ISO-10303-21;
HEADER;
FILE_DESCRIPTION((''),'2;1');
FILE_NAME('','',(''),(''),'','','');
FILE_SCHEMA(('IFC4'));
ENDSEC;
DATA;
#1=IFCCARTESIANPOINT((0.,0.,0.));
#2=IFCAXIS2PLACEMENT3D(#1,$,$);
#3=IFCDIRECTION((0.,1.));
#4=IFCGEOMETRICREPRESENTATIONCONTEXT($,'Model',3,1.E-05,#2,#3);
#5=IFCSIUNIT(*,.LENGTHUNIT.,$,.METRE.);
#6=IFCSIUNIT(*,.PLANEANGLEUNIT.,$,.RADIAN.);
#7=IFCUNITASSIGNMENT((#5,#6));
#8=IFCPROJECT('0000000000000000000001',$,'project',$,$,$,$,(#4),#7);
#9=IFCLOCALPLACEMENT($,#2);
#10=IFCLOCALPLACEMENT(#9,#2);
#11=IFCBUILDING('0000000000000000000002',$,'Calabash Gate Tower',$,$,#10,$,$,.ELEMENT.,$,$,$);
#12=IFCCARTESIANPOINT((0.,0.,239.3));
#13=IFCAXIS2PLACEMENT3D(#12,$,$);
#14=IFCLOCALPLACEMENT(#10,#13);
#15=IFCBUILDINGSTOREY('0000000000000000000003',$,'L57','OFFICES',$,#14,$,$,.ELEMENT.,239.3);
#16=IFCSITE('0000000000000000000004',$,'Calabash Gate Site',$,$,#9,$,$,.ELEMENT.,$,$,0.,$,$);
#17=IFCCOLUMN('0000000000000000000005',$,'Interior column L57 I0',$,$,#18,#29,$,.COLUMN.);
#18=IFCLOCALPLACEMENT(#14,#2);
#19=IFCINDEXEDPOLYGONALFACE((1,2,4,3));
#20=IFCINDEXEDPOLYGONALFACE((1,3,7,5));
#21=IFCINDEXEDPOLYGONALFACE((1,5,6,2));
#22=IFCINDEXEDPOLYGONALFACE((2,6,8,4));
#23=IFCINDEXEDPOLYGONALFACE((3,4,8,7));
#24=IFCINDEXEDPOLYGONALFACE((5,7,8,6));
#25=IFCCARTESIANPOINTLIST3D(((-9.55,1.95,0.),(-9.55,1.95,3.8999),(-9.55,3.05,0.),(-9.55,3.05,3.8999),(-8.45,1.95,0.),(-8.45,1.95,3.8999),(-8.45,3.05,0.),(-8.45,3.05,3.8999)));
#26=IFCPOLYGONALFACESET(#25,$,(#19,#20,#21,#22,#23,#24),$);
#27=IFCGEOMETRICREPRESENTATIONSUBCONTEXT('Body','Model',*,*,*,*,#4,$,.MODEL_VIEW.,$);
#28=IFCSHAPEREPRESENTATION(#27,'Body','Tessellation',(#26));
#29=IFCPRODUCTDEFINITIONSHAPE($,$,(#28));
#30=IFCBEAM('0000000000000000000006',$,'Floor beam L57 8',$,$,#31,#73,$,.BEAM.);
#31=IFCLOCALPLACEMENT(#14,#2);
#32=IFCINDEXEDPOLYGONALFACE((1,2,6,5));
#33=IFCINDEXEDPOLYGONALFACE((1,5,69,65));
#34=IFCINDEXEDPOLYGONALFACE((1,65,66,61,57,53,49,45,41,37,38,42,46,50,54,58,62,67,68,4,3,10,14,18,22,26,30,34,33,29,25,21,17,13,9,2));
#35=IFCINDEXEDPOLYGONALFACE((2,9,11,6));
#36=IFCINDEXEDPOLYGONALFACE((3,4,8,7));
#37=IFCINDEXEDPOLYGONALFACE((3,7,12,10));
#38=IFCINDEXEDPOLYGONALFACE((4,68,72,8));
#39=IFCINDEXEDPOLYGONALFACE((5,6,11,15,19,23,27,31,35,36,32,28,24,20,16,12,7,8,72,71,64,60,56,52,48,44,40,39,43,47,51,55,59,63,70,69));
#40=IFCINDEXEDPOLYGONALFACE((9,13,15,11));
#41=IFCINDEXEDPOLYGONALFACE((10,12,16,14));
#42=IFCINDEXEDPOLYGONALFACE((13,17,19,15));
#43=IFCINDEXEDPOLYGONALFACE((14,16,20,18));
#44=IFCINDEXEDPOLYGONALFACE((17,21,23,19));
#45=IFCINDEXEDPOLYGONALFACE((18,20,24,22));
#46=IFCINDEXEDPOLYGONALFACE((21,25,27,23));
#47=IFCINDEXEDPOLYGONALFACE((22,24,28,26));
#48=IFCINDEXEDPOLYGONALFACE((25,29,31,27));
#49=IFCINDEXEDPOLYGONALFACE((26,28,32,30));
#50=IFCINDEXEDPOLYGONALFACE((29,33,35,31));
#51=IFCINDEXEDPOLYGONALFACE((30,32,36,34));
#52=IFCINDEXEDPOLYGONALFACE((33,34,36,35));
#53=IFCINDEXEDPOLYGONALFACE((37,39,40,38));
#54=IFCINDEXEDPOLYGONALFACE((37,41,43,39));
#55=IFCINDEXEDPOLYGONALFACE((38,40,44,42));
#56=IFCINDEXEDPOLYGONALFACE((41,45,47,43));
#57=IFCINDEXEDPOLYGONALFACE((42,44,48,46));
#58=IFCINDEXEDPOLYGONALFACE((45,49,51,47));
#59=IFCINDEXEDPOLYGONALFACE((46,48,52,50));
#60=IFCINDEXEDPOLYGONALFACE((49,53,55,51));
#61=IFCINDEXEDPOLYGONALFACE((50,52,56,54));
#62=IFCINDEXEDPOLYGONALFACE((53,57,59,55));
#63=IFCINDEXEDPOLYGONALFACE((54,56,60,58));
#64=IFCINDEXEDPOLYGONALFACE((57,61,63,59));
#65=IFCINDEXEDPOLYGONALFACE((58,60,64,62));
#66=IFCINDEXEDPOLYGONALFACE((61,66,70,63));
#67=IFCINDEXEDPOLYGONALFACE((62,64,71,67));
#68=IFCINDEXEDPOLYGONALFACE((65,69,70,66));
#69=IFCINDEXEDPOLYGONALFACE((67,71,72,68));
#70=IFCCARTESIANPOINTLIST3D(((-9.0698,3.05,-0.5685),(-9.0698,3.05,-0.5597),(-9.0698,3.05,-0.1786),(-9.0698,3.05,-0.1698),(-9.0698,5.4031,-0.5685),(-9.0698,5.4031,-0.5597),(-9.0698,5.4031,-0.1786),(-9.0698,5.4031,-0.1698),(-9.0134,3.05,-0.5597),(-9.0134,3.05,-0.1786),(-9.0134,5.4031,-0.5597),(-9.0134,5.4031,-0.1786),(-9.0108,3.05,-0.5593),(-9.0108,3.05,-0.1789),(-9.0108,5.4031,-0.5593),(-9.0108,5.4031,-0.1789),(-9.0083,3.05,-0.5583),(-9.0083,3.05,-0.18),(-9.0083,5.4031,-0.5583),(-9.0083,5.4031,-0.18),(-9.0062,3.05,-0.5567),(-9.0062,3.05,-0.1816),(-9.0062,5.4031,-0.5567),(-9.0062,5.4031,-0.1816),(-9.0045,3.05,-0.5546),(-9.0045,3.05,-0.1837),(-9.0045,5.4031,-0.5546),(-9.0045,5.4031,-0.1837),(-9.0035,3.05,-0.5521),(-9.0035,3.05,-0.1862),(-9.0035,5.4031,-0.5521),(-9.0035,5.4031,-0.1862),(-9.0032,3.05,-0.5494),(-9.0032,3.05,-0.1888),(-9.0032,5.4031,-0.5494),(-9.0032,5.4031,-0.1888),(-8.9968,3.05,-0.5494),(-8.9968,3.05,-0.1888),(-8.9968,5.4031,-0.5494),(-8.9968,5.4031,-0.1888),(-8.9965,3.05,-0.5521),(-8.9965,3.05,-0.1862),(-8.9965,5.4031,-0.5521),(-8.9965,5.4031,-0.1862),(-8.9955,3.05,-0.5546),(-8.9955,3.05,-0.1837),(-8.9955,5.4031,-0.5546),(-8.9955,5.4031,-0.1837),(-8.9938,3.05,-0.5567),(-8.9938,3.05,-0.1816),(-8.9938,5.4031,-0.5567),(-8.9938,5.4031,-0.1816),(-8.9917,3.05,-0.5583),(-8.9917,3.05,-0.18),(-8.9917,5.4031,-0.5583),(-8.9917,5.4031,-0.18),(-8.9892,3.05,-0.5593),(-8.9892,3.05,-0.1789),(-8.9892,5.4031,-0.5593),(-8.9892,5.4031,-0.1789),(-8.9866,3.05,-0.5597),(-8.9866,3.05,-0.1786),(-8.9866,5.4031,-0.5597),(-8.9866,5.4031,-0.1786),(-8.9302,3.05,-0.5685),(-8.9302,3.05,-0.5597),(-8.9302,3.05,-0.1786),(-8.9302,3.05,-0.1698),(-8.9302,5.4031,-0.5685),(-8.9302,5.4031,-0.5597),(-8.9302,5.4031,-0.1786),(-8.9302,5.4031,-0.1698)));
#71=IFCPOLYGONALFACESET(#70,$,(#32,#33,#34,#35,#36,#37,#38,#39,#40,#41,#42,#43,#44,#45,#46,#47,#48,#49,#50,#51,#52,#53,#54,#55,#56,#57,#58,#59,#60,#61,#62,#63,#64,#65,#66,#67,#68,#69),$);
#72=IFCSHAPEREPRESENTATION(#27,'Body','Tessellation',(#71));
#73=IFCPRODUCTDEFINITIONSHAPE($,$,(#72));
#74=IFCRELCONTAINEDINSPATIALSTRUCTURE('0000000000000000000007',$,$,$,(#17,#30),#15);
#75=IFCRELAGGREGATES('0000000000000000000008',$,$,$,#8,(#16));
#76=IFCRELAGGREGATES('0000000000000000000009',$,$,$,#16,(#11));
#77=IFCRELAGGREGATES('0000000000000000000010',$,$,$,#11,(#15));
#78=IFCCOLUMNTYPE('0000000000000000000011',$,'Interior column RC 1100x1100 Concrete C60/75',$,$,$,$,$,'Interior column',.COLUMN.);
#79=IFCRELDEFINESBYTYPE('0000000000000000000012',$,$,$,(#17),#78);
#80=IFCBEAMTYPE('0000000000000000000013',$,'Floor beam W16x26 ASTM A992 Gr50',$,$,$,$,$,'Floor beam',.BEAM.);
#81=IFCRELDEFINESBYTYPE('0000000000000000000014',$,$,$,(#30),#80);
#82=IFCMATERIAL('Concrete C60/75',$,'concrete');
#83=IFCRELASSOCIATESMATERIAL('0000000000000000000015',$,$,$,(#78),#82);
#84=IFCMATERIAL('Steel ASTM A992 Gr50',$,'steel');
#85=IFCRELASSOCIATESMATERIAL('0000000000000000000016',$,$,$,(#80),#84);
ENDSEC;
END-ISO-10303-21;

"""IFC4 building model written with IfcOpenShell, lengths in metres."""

from ifc_helpers import new_model, si_unit, direction, frame, origin, origin_2d, place, context, subcontext, project, spatial, rectangle, i_section, extrude, material, material_profile, profile_set, type_object, element, save


model = new_model("IFC4")

# Units and contexts
model_context = context("Model", 3, precision=1e-05, world=origin(), true_north=direction((0.0, 1.0)))
body_context = subcontext(model_context, "Body", "Model", "MODEL_VIEW")
ifc_project = project(units=[si_unit("LENGTHUNIT", "METRE"), si_unit("PLANEANGLEUNIT", "RADIAN")], contexts=[model_context])

# Site, building, storey
site_placement = place(None, origin())
site = spatial("IfcSite", under=ifc_project, at=site_placement, Name="Calabash Gate Site", CompositionType="ELEMENT", RefElevation=0.0)
building_placement = place(site_placement, origin())
building = spatial("IfcBuilding", under=site, at=building_placement, Name="Calabash Gate Tower", CompositionType="ELEMENT")
storey_placement = place(building_placement, frame((0.0, 0.0, 239.3)))
storey = spatial("IfcBuildingStorey", under=building, at=storey_placement, Name="L57", Description="OFFICES", CompositionType="ELEMENT", Elevation=239.3)

# Column
ifc_material_1 = material(Name="Concrete C60/75", Category="concrete")
ifc_material_profile_1 = material_profile(ifc_material_1, rectangle(XDim=1.1001, YDim=1.1001, at=origin_2d()))
ifc_profile_set_1 = profile_set([ifc_material_profile_1], Name="Concrete C60/75")
column_type = type_object("IfcColumnType", Name="Interior column RC 1100x1100 Concrete C60/75", ElementType="Interior column", PredefinedType="COLUMN", material=ifc_profile_set_1)
column_placement = place(storey_placement, frame((-9.0, 2.5, 0.0), z_axis=(0.0, 0.0, 1.0), x_axis=(1.0, 0.0, 0.0)))
element("IfcColumn", 1, at=column_placement, inside=storey, type_object=column_type, Name="Interior column L57 I0", PredefinedType="COLUMN", context=body_context, shape_type="SweptSolid", body=[
    extrude(rectangle(XDim=1.1001, YDim=1.1001, at=origin_2d()), origin(), (0.0, 0.0, 1.0), 3.8999),
])

# Beam
ifc_material_2 = material(Name="Steel ASTM A992 Gr50", Category="steel")
ifc_material_profile_2 = material_profile(ifc_material_2, i_section(OverallWidth=0.1396, OverallDepth=0.3987, WebThickness=0.0063, FlangeThickness=0.0088, FilletRadius=0.0103, at=origin_2d()))
ifc_profile_set_2 = profile_set([ifc_material_profile_2], Name="Steel ASTM A992 Gr50")
beam_type = type_object("IfcBeamType", Name="Floor beam W16x26 ASTM A992 Gr50", ElementType="Floor beam", PredefinedType="BEAM", material=ifc_profile_set_2)
beam_placement = place(storey_placement, frame((-9.0, 3.05, -0.3691), z_axis=(0.0, 1.0, 0.0), x_axis=(-1.0, 0.0, 0.0)))
element("IfcBeam", 2, at=beam_placement, inside=storey, type_object=beam_type, Name="Floor beam L57 8", PredefinedType="BEAM", context=body_context, shape_type="SweptSolid", body=[
    extrude(i_section(OverallWidth=0.1396, OverallDepth=0.3987, WebThickness=0.0063, FlangeThickness=0.0088, FilletRadius=0.0103, at=origin_2d()), origin(), (0.0, 0.0, 1.0), 2.353),
])

save(model, "model.ifc")
